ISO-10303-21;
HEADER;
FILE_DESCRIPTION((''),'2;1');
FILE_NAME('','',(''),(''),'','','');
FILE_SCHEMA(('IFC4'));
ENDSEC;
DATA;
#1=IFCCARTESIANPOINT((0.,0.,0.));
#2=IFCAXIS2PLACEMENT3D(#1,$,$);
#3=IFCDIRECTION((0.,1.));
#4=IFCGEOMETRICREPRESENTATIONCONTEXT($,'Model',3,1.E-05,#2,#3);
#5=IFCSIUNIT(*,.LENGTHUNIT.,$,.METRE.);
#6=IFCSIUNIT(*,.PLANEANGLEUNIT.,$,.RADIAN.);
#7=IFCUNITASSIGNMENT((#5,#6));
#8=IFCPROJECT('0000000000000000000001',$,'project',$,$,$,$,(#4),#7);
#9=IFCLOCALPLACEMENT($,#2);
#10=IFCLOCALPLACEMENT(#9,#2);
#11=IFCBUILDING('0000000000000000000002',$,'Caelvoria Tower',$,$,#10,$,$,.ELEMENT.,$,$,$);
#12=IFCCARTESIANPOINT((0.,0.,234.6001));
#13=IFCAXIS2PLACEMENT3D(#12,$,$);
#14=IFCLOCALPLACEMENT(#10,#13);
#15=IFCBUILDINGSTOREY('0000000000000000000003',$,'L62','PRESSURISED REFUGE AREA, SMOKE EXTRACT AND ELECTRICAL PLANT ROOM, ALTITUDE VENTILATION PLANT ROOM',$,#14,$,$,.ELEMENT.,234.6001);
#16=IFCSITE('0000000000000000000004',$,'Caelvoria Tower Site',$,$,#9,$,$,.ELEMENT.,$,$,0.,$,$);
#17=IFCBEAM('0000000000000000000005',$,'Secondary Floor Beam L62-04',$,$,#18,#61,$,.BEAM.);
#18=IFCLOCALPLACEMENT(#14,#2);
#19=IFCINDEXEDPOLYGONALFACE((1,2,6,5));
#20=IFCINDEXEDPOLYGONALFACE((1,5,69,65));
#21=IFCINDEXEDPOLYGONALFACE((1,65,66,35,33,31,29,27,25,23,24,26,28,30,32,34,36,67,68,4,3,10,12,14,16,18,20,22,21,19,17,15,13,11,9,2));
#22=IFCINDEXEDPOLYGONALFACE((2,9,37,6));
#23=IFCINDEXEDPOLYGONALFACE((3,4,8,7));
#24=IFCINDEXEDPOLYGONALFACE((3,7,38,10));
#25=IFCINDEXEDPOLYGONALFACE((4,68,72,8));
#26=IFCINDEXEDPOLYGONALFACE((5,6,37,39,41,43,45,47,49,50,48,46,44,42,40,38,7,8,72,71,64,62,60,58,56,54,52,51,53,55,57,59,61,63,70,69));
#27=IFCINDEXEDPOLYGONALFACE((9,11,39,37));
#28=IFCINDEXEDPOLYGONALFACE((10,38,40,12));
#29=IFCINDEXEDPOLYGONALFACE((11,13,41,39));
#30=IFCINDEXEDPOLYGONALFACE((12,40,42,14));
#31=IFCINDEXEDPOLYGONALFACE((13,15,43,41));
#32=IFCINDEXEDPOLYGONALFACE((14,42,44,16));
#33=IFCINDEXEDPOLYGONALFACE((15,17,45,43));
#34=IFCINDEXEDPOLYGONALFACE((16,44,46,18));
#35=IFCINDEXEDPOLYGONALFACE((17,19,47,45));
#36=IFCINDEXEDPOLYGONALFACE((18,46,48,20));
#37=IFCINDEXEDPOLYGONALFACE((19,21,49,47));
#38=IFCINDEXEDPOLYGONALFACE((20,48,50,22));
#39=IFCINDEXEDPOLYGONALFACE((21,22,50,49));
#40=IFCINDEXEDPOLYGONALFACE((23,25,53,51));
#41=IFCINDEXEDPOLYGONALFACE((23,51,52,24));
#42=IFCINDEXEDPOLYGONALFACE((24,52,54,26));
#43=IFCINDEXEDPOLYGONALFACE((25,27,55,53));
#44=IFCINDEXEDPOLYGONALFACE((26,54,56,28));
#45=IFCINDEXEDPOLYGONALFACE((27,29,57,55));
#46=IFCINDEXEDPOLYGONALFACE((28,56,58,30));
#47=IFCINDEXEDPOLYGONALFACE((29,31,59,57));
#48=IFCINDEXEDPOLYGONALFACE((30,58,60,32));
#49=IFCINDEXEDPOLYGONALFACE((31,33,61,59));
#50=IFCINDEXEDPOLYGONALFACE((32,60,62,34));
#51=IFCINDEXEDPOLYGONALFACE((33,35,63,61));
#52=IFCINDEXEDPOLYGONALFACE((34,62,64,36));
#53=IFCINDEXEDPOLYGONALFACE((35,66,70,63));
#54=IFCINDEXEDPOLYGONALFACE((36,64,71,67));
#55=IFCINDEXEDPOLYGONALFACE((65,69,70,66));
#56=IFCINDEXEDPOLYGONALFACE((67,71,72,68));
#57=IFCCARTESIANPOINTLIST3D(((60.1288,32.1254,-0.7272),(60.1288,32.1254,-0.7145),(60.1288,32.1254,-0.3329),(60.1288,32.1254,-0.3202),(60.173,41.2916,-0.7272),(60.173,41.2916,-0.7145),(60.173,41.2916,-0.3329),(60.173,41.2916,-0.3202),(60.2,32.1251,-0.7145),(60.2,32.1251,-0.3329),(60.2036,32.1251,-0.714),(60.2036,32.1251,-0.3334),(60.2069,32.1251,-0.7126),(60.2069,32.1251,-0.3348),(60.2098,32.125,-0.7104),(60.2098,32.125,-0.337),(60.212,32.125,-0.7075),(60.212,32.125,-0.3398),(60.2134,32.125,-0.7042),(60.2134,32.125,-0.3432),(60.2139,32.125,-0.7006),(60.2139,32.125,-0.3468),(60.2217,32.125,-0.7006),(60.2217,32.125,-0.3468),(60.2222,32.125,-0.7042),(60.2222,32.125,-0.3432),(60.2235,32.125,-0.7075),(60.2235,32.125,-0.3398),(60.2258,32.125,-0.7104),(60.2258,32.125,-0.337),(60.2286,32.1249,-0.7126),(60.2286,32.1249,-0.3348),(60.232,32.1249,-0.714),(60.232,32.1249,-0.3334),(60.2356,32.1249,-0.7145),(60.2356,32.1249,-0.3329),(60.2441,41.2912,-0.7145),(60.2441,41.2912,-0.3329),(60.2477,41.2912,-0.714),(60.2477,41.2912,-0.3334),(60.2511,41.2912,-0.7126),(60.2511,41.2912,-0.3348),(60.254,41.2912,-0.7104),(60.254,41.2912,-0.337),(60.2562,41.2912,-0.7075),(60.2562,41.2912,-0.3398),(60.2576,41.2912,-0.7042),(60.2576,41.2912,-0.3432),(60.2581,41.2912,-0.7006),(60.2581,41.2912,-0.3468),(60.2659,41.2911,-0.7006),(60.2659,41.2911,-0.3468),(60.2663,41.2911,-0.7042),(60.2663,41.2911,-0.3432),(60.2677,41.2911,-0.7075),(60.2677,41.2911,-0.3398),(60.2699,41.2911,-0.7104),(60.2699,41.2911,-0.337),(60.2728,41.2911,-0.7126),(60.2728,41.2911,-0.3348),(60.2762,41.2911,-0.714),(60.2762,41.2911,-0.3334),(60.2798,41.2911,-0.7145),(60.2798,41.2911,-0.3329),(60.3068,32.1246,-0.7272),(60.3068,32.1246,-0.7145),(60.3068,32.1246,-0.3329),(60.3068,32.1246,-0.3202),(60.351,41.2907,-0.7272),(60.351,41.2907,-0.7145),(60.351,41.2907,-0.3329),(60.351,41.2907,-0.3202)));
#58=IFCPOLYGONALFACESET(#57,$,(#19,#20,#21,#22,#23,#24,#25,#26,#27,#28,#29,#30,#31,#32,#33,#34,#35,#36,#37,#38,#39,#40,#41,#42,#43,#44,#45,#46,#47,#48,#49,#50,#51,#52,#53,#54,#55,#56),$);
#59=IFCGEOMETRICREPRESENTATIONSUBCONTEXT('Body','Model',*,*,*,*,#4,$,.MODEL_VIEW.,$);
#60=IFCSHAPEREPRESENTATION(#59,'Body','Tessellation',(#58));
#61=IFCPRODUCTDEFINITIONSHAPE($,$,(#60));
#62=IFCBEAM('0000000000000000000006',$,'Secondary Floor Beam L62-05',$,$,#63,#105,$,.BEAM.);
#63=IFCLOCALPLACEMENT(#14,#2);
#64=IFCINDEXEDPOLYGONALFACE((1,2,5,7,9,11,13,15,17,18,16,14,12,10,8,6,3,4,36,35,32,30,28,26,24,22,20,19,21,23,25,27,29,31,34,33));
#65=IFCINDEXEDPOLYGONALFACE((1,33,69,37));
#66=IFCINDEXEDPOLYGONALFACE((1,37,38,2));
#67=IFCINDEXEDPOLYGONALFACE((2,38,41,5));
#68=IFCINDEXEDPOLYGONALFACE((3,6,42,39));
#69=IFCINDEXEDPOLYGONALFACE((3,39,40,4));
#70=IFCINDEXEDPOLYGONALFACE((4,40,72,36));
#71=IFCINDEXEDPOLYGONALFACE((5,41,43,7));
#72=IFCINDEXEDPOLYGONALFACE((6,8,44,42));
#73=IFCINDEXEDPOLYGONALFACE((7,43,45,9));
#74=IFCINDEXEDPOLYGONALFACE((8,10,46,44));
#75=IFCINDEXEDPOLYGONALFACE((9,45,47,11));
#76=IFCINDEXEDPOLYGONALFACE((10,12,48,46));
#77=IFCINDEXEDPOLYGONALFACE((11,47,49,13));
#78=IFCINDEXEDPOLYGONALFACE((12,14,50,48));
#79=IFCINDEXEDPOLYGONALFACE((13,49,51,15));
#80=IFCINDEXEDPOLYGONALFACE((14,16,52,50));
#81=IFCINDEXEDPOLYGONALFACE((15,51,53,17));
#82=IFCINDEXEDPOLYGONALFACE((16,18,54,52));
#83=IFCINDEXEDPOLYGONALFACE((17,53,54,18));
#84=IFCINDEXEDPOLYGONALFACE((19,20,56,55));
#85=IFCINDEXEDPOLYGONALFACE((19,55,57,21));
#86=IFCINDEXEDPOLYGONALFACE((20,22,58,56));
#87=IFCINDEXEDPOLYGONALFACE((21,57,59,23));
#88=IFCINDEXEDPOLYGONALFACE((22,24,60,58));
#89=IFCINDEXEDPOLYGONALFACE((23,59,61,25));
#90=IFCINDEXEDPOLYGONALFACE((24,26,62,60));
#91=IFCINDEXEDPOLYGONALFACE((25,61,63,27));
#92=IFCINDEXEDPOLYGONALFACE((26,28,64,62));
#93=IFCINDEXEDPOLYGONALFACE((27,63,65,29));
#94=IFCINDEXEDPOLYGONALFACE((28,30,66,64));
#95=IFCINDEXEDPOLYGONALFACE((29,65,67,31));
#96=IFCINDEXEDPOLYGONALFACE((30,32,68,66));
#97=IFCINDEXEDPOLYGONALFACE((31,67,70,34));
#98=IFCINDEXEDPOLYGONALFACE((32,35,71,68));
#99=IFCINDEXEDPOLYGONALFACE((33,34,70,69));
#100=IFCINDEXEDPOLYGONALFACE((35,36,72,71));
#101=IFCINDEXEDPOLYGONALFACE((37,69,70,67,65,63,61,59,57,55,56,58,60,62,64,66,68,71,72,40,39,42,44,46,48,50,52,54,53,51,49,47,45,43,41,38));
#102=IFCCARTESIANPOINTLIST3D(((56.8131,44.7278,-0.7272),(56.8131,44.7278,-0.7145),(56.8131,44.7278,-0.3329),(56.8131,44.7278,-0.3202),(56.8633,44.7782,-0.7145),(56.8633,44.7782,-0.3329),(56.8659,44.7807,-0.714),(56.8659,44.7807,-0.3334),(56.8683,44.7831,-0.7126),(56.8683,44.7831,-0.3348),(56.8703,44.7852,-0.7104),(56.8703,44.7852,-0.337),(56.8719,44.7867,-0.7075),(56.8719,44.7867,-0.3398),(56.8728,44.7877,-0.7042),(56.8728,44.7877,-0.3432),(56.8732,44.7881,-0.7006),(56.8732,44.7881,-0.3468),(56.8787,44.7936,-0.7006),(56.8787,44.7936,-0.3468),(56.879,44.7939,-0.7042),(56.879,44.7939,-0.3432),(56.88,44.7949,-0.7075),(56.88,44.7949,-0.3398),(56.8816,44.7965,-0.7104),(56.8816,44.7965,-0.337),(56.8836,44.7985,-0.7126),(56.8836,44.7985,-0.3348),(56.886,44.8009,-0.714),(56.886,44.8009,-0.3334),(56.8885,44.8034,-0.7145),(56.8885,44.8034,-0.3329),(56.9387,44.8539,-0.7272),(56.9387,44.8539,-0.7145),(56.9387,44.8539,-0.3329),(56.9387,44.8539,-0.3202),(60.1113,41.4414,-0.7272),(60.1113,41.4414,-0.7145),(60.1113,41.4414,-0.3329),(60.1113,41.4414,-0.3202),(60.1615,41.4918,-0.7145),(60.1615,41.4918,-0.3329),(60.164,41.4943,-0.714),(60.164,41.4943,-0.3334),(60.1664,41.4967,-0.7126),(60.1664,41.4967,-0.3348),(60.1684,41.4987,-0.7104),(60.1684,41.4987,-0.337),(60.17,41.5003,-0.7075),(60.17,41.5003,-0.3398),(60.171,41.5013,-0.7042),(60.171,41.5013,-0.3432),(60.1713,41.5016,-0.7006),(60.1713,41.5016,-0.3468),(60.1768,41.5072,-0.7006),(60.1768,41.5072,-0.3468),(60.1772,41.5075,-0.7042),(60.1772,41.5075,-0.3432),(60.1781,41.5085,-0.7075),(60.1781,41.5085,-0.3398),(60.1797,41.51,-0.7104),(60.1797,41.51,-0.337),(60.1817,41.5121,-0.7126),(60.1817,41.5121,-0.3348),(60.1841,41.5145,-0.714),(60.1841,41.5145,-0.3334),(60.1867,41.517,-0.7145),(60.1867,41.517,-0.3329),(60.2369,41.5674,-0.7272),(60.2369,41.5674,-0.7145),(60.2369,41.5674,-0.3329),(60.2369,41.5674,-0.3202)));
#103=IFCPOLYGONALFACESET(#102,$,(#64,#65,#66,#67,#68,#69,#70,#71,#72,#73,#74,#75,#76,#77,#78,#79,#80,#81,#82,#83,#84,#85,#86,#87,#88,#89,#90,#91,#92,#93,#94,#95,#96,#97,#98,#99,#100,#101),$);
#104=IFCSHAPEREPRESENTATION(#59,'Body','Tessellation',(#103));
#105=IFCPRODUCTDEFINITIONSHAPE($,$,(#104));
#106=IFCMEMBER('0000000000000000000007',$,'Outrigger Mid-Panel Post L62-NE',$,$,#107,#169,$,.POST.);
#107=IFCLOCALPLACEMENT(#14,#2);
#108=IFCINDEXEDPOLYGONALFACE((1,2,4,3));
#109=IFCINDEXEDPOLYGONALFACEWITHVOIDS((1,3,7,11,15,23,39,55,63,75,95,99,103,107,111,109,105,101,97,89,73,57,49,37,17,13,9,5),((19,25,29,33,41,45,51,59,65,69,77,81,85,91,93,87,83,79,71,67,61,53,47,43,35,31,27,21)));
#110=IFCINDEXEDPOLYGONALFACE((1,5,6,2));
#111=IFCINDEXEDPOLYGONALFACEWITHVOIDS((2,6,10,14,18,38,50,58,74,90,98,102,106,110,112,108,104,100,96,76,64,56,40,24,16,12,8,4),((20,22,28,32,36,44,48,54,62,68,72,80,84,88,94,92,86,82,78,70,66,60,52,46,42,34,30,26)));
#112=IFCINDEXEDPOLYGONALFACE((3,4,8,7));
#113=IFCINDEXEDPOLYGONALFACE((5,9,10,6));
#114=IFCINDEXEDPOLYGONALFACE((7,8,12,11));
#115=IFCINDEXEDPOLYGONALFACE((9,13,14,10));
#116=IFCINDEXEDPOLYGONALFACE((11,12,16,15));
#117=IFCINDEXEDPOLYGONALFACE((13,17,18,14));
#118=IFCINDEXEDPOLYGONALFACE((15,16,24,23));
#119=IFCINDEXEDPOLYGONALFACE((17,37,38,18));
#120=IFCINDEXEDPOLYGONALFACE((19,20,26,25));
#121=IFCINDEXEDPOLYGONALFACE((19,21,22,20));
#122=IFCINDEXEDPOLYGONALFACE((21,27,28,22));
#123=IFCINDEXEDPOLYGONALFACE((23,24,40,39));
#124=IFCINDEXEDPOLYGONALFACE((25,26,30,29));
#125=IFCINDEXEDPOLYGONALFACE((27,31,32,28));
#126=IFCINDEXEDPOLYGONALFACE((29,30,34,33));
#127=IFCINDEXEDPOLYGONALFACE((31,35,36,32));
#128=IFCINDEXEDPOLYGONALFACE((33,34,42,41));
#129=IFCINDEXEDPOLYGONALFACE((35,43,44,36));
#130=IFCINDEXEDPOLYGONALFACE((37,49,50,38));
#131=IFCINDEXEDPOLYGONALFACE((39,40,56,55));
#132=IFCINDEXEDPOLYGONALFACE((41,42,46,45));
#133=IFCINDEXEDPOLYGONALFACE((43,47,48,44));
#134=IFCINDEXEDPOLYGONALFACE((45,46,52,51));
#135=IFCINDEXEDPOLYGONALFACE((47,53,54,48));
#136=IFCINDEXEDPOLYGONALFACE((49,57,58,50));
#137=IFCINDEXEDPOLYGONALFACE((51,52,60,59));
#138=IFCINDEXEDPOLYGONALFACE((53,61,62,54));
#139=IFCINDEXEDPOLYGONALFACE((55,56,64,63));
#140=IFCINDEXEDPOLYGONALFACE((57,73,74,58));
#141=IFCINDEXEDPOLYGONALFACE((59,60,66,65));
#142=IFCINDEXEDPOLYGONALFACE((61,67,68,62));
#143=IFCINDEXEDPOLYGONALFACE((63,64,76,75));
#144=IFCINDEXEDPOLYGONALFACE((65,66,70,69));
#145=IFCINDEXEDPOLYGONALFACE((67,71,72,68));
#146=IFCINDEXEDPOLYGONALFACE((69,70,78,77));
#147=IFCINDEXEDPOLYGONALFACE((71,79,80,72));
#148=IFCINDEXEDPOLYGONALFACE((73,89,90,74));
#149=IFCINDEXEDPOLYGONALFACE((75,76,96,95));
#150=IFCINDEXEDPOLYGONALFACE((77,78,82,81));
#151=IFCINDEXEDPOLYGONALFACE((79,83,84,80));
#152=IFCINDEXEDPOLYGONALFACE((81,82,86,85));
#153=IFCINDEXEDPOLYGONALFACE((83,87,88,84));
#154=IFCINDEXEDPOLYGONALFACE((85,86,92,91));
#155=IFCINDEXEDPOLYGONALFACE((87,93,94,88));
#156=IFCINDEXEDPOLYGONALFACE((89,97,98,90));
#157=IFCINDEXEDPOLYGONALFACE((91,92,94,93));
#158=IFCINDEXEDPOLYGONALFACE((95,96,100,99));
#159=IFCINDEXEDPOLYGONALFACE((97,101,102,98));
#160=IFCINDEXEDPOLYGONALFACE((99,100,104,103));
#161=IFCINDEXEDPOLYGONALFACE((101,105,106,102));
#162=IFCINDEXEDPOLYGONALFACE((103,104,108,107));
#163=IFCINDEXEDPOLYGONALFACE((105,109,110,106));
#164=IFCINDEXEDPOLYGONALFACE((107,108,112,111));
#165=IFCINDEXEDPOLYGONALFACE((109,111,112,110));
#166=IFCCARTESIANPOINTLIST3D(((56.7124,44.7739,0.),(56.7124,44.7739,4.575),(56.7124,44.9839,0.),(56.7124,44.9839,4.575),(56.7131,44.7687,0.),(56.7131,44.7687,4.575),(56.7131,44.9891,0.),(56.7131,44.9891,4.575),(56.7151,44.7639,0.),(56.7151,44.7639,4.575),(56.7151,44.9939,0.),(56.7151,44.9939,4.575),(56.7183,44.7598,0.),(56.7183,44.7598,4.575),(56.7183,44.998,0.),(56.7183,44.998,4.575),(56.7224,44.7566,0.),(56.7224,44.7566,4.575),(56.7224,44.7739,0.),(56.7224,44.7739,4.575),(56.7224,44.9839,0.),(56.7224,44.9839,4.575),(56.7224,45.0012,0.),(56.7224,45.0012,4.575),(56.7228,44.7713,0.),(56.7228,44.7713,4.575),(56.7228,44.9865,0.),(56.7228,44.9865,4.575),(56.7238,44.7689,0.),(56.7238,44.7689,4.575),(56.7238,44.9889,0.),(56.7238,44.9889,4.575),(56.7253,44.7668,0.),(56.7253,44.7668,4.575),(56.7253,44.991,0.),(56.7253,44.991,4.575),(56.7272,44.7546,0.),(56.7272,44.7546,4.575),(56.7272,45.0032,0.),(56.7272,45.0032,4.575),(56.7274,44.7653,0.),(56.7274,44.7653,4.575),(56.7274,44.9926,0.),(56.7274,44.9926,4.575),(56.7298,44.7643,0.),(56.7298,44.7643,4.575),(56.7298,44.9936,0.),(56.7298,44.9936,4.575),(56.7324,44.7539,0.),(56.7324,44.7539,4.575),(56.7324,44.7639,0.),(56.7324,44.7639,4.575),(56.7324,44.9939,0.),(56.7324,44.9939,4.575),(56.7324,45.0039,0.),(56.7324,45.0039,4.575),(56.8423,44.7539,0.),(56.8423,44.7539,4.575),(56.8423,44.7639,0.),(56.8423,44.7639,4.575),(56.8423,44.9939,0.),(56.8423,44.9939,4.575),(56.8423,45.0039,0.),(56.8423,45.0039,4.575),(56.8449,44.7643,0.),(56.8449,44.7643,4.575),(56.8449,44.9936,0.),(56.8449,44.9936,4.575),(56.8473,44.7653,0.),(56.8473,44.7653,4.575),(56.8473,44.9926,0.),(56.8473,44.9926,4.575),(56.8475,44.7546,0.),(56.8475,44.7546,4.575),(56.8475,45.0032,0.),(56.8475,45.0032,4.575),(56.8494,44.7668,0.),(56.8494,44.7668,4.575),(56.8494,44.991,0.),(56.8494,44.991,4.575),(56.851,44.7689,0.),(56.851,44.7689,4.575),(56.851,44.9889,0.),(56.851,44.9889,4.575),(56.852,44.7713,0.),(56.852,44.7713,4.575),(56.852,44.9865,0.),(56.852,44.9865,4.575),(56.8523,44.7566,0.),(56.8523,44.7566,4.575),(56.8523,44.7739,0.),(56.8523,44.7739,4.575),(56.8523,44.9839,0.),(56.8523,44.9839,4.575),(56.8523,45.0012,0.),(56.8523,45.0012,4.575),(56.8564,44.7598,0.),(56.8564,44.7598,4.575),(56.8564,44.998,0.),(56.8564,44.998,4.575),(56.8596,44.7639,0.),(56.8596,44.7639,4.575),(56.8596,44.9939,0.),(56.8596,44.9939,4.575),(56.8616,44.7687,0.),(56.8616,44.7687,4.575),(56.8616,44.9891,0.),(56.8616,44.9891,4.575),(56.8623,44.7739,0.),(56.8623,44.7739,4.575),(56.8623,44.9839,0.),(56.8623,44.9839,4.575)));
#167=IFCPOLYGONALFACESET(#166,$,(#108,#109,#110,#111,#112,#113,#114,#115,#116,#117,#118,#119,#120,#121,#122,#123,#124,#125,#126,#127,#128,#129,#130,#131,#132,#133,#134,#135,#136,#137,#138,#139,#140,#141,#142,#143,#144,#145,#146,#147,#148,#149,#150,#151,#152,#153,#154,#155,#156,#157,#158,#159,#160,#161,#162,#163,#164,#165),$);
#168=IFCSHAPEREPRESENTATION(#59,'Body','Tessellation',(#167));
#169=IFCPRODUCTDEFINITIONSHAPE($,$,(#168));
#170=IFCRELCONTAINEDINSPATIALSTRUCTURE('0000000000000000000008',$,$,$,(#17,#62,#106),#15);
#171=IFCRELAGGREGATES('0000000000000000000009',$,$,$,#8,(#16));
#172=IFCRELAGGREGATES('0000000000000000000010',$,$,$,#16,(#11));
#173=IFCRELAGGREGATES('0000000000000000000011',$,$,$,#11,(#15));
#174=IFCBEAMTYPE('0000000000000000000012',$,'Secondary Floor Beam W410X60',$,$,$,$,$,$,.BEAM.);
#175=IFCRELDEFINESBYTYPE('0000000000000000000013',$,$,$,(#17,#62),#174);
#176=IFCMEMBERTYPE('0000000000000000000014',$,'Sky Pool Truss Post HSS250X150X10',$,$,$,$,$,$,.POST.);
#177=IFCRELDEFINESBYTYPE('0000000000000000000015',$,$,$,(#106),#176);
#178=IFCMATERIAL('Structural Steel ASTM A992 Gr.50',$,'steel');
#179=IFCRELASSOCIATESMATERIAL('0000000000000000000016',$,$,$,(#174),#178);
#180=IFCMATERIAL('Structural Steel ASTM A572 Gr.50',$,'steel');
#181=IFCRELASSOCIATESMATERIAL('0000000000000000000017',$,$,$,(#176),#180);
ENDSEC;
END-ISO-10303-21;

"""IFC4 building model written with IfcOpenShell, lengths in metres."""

from ifc_helpers import new_model, si_unit, direction, frame, origin, origin_2d, place, context, subcontext, project, spatial, hollow_rectangle, i_section, extrude, material, material_profile, profile_set, type_object, element, save


model = new_model("IFC4")

# Units and contexts
model_context = context("Model", 3, precision=1e-05, world=origin(), true_north=direction((0.0, 1.0)))
body_context = subcontext(model_context, "Body", "Model", "MODEL_VIEW")
ifc_project = project(units=[si_unit("LENGTHUNIT", "METRE"), si_unit("PLANEANGLEUNIT", "RADIAN")], contexts=[model_context])

# Site, building, storey
site_placement = place(None, origin())
site = spatial("IfcSite", under=ifc_project, at=site_placement, Name="Caelvoria Tower Site", CompositionType="ELEMENT", RefElevation=0.0)
building_placement = place(site_placement, origin())
building = spatial("IfcBuilding", under=site, at=building_placement, Name="Caelvoria Tower", CompositionType="ELEMENT")
storey_placement = place(building_placement, frame((0.0, 0.0, 234.6001)))
storey = spatial("IfcBuildingStorey", under=building, at=storey_placement, Name="L62", Description="PRESSURISED REFUGE AREA, SMOKE EXTRACT AND ELECTRICAL PLANT ROOM, ALTITUDE VENTILATION PLANT ROOM", CompositionType="ELEMENT", Elevation=234.6001)

# Shared definitions
ifc_material_1 = material(Name="Structural Steel ASTM A572 Gr.50", Category="steel")

# Beams
ifc_material_2 = material(Name="Structural Steel ASTM A992 Gr.50", Category="steel")
ifc_material_profile_1 = material_profile(ifc_material_2, i_section(OverallWidth=0.178, OverallDepth=0.407, WebThickness=0.0078, FlangeThickness=0.0127, FilletRadius=0.0139, at=origin_2d()), Name="Structural Steel ASTM A992 Gr.50")
ifc_profile_set_1 = profile_set([ifc_material_profile_1], Name="W410X60 - Structural Steel ASTM A992 Gr.50")
beam_type_1 = type_object("IfcBeamType", Name="Secondary Floor Beam W410X60", PredefinedType="BEAM", material=ifc_profile_set_1)
beam_1_placement = place(storey_placement, frame((60.2178, 32.125, -0.5237), z_axis=(0.004821, 0.999988, 0.0), x_axis=(-0.999988, 0.004821, 0.0)))
element("IfcBeam", 1, at=beam_1_placement, inside=storey, type_object=beam_type_1, Name="Secondary Floor Beam L62-04", PredefinedType="BEAM", context=body_context, shape_type="SweptSolid", body=[
    extrude(i_section(OverallWidth=0.178, OverallDepth=0.407, WebThickness=0.0078, FlangeThickness=0.0127, FilletRadius=0.0139, at=origin_2d()), origin(), (0.0, 0.0, 1.0), 9.1663),
])
beam_2_placement = place(storey_placement, frame((60.1741, 41.5044, -0.5237), z_axis=(-0.708364, 0.705847, 0.0), x_axis=(-0.705847, -0.708364, 0.0)))
element("IfcBeam", 2, at=beam_2_placement, inside=storey, type_object=beam_type_1, Name="Secondary Floor Beam L62-05", PredefinedType="BEAM", context=body_context, shape_type="SweptSolid", body=[
    extrude(i_section(OverallWidth=0.178, OverallDepth=0.407, WebThickness=0.0078, FlangeThickness=0.0127, FilletRadius=0.0139, at=origin_2d()), origin(), (0.0, 0.0, 1.0), 4.656),
])

# Member
ifc_material_profile_2 = material_profile(ifc_material_1, hollow_rectangle(XDim=0.1499, YDim=0.25, WallThickness=0.01, InnerFilletRadius=0.01, OuterFilletRadius=0.02, at=origin_2d()), Name="Structural Steel ASTM A572 Gr.50")
ifc_profile_set_2 = profile_set([ifc_material_profile_2], Name="HSS250X150X10 - Structural Steel ASTM A572 Gr.50")
member_type_1 = type_object("IfcMemberType", Name="Sky Pool Truss Post HSS250X150X10", PredefinedType="POST", material=ifc_profile_set_2)
member_1_placement = place(storey_placement, frame((56.7874, 44.8789, 0.0), z_axis=(0.0, 0.0, 1.0), x_axis=(1.0, 0.0, 0.0)))
element("IfcMember", 3, at=member_1_placement, inside=storey, type_object=member_type_1, Name="Outrigger Mid-Panel Post L62-NE", PredefinedType="POST", context=body_context, shape_type="SweptSolid", body=[
    extrude(hollow_rectangle(XDim=0.1499, YDim=0.25, WallThickness=0.01, InnerFilletRadius=0.01, OuterFilletRadius=0.02, at=origin_2d()), origin(), (0.0, 0.0, 1.0), 4.575),
])

save(model, "model.ifc")
